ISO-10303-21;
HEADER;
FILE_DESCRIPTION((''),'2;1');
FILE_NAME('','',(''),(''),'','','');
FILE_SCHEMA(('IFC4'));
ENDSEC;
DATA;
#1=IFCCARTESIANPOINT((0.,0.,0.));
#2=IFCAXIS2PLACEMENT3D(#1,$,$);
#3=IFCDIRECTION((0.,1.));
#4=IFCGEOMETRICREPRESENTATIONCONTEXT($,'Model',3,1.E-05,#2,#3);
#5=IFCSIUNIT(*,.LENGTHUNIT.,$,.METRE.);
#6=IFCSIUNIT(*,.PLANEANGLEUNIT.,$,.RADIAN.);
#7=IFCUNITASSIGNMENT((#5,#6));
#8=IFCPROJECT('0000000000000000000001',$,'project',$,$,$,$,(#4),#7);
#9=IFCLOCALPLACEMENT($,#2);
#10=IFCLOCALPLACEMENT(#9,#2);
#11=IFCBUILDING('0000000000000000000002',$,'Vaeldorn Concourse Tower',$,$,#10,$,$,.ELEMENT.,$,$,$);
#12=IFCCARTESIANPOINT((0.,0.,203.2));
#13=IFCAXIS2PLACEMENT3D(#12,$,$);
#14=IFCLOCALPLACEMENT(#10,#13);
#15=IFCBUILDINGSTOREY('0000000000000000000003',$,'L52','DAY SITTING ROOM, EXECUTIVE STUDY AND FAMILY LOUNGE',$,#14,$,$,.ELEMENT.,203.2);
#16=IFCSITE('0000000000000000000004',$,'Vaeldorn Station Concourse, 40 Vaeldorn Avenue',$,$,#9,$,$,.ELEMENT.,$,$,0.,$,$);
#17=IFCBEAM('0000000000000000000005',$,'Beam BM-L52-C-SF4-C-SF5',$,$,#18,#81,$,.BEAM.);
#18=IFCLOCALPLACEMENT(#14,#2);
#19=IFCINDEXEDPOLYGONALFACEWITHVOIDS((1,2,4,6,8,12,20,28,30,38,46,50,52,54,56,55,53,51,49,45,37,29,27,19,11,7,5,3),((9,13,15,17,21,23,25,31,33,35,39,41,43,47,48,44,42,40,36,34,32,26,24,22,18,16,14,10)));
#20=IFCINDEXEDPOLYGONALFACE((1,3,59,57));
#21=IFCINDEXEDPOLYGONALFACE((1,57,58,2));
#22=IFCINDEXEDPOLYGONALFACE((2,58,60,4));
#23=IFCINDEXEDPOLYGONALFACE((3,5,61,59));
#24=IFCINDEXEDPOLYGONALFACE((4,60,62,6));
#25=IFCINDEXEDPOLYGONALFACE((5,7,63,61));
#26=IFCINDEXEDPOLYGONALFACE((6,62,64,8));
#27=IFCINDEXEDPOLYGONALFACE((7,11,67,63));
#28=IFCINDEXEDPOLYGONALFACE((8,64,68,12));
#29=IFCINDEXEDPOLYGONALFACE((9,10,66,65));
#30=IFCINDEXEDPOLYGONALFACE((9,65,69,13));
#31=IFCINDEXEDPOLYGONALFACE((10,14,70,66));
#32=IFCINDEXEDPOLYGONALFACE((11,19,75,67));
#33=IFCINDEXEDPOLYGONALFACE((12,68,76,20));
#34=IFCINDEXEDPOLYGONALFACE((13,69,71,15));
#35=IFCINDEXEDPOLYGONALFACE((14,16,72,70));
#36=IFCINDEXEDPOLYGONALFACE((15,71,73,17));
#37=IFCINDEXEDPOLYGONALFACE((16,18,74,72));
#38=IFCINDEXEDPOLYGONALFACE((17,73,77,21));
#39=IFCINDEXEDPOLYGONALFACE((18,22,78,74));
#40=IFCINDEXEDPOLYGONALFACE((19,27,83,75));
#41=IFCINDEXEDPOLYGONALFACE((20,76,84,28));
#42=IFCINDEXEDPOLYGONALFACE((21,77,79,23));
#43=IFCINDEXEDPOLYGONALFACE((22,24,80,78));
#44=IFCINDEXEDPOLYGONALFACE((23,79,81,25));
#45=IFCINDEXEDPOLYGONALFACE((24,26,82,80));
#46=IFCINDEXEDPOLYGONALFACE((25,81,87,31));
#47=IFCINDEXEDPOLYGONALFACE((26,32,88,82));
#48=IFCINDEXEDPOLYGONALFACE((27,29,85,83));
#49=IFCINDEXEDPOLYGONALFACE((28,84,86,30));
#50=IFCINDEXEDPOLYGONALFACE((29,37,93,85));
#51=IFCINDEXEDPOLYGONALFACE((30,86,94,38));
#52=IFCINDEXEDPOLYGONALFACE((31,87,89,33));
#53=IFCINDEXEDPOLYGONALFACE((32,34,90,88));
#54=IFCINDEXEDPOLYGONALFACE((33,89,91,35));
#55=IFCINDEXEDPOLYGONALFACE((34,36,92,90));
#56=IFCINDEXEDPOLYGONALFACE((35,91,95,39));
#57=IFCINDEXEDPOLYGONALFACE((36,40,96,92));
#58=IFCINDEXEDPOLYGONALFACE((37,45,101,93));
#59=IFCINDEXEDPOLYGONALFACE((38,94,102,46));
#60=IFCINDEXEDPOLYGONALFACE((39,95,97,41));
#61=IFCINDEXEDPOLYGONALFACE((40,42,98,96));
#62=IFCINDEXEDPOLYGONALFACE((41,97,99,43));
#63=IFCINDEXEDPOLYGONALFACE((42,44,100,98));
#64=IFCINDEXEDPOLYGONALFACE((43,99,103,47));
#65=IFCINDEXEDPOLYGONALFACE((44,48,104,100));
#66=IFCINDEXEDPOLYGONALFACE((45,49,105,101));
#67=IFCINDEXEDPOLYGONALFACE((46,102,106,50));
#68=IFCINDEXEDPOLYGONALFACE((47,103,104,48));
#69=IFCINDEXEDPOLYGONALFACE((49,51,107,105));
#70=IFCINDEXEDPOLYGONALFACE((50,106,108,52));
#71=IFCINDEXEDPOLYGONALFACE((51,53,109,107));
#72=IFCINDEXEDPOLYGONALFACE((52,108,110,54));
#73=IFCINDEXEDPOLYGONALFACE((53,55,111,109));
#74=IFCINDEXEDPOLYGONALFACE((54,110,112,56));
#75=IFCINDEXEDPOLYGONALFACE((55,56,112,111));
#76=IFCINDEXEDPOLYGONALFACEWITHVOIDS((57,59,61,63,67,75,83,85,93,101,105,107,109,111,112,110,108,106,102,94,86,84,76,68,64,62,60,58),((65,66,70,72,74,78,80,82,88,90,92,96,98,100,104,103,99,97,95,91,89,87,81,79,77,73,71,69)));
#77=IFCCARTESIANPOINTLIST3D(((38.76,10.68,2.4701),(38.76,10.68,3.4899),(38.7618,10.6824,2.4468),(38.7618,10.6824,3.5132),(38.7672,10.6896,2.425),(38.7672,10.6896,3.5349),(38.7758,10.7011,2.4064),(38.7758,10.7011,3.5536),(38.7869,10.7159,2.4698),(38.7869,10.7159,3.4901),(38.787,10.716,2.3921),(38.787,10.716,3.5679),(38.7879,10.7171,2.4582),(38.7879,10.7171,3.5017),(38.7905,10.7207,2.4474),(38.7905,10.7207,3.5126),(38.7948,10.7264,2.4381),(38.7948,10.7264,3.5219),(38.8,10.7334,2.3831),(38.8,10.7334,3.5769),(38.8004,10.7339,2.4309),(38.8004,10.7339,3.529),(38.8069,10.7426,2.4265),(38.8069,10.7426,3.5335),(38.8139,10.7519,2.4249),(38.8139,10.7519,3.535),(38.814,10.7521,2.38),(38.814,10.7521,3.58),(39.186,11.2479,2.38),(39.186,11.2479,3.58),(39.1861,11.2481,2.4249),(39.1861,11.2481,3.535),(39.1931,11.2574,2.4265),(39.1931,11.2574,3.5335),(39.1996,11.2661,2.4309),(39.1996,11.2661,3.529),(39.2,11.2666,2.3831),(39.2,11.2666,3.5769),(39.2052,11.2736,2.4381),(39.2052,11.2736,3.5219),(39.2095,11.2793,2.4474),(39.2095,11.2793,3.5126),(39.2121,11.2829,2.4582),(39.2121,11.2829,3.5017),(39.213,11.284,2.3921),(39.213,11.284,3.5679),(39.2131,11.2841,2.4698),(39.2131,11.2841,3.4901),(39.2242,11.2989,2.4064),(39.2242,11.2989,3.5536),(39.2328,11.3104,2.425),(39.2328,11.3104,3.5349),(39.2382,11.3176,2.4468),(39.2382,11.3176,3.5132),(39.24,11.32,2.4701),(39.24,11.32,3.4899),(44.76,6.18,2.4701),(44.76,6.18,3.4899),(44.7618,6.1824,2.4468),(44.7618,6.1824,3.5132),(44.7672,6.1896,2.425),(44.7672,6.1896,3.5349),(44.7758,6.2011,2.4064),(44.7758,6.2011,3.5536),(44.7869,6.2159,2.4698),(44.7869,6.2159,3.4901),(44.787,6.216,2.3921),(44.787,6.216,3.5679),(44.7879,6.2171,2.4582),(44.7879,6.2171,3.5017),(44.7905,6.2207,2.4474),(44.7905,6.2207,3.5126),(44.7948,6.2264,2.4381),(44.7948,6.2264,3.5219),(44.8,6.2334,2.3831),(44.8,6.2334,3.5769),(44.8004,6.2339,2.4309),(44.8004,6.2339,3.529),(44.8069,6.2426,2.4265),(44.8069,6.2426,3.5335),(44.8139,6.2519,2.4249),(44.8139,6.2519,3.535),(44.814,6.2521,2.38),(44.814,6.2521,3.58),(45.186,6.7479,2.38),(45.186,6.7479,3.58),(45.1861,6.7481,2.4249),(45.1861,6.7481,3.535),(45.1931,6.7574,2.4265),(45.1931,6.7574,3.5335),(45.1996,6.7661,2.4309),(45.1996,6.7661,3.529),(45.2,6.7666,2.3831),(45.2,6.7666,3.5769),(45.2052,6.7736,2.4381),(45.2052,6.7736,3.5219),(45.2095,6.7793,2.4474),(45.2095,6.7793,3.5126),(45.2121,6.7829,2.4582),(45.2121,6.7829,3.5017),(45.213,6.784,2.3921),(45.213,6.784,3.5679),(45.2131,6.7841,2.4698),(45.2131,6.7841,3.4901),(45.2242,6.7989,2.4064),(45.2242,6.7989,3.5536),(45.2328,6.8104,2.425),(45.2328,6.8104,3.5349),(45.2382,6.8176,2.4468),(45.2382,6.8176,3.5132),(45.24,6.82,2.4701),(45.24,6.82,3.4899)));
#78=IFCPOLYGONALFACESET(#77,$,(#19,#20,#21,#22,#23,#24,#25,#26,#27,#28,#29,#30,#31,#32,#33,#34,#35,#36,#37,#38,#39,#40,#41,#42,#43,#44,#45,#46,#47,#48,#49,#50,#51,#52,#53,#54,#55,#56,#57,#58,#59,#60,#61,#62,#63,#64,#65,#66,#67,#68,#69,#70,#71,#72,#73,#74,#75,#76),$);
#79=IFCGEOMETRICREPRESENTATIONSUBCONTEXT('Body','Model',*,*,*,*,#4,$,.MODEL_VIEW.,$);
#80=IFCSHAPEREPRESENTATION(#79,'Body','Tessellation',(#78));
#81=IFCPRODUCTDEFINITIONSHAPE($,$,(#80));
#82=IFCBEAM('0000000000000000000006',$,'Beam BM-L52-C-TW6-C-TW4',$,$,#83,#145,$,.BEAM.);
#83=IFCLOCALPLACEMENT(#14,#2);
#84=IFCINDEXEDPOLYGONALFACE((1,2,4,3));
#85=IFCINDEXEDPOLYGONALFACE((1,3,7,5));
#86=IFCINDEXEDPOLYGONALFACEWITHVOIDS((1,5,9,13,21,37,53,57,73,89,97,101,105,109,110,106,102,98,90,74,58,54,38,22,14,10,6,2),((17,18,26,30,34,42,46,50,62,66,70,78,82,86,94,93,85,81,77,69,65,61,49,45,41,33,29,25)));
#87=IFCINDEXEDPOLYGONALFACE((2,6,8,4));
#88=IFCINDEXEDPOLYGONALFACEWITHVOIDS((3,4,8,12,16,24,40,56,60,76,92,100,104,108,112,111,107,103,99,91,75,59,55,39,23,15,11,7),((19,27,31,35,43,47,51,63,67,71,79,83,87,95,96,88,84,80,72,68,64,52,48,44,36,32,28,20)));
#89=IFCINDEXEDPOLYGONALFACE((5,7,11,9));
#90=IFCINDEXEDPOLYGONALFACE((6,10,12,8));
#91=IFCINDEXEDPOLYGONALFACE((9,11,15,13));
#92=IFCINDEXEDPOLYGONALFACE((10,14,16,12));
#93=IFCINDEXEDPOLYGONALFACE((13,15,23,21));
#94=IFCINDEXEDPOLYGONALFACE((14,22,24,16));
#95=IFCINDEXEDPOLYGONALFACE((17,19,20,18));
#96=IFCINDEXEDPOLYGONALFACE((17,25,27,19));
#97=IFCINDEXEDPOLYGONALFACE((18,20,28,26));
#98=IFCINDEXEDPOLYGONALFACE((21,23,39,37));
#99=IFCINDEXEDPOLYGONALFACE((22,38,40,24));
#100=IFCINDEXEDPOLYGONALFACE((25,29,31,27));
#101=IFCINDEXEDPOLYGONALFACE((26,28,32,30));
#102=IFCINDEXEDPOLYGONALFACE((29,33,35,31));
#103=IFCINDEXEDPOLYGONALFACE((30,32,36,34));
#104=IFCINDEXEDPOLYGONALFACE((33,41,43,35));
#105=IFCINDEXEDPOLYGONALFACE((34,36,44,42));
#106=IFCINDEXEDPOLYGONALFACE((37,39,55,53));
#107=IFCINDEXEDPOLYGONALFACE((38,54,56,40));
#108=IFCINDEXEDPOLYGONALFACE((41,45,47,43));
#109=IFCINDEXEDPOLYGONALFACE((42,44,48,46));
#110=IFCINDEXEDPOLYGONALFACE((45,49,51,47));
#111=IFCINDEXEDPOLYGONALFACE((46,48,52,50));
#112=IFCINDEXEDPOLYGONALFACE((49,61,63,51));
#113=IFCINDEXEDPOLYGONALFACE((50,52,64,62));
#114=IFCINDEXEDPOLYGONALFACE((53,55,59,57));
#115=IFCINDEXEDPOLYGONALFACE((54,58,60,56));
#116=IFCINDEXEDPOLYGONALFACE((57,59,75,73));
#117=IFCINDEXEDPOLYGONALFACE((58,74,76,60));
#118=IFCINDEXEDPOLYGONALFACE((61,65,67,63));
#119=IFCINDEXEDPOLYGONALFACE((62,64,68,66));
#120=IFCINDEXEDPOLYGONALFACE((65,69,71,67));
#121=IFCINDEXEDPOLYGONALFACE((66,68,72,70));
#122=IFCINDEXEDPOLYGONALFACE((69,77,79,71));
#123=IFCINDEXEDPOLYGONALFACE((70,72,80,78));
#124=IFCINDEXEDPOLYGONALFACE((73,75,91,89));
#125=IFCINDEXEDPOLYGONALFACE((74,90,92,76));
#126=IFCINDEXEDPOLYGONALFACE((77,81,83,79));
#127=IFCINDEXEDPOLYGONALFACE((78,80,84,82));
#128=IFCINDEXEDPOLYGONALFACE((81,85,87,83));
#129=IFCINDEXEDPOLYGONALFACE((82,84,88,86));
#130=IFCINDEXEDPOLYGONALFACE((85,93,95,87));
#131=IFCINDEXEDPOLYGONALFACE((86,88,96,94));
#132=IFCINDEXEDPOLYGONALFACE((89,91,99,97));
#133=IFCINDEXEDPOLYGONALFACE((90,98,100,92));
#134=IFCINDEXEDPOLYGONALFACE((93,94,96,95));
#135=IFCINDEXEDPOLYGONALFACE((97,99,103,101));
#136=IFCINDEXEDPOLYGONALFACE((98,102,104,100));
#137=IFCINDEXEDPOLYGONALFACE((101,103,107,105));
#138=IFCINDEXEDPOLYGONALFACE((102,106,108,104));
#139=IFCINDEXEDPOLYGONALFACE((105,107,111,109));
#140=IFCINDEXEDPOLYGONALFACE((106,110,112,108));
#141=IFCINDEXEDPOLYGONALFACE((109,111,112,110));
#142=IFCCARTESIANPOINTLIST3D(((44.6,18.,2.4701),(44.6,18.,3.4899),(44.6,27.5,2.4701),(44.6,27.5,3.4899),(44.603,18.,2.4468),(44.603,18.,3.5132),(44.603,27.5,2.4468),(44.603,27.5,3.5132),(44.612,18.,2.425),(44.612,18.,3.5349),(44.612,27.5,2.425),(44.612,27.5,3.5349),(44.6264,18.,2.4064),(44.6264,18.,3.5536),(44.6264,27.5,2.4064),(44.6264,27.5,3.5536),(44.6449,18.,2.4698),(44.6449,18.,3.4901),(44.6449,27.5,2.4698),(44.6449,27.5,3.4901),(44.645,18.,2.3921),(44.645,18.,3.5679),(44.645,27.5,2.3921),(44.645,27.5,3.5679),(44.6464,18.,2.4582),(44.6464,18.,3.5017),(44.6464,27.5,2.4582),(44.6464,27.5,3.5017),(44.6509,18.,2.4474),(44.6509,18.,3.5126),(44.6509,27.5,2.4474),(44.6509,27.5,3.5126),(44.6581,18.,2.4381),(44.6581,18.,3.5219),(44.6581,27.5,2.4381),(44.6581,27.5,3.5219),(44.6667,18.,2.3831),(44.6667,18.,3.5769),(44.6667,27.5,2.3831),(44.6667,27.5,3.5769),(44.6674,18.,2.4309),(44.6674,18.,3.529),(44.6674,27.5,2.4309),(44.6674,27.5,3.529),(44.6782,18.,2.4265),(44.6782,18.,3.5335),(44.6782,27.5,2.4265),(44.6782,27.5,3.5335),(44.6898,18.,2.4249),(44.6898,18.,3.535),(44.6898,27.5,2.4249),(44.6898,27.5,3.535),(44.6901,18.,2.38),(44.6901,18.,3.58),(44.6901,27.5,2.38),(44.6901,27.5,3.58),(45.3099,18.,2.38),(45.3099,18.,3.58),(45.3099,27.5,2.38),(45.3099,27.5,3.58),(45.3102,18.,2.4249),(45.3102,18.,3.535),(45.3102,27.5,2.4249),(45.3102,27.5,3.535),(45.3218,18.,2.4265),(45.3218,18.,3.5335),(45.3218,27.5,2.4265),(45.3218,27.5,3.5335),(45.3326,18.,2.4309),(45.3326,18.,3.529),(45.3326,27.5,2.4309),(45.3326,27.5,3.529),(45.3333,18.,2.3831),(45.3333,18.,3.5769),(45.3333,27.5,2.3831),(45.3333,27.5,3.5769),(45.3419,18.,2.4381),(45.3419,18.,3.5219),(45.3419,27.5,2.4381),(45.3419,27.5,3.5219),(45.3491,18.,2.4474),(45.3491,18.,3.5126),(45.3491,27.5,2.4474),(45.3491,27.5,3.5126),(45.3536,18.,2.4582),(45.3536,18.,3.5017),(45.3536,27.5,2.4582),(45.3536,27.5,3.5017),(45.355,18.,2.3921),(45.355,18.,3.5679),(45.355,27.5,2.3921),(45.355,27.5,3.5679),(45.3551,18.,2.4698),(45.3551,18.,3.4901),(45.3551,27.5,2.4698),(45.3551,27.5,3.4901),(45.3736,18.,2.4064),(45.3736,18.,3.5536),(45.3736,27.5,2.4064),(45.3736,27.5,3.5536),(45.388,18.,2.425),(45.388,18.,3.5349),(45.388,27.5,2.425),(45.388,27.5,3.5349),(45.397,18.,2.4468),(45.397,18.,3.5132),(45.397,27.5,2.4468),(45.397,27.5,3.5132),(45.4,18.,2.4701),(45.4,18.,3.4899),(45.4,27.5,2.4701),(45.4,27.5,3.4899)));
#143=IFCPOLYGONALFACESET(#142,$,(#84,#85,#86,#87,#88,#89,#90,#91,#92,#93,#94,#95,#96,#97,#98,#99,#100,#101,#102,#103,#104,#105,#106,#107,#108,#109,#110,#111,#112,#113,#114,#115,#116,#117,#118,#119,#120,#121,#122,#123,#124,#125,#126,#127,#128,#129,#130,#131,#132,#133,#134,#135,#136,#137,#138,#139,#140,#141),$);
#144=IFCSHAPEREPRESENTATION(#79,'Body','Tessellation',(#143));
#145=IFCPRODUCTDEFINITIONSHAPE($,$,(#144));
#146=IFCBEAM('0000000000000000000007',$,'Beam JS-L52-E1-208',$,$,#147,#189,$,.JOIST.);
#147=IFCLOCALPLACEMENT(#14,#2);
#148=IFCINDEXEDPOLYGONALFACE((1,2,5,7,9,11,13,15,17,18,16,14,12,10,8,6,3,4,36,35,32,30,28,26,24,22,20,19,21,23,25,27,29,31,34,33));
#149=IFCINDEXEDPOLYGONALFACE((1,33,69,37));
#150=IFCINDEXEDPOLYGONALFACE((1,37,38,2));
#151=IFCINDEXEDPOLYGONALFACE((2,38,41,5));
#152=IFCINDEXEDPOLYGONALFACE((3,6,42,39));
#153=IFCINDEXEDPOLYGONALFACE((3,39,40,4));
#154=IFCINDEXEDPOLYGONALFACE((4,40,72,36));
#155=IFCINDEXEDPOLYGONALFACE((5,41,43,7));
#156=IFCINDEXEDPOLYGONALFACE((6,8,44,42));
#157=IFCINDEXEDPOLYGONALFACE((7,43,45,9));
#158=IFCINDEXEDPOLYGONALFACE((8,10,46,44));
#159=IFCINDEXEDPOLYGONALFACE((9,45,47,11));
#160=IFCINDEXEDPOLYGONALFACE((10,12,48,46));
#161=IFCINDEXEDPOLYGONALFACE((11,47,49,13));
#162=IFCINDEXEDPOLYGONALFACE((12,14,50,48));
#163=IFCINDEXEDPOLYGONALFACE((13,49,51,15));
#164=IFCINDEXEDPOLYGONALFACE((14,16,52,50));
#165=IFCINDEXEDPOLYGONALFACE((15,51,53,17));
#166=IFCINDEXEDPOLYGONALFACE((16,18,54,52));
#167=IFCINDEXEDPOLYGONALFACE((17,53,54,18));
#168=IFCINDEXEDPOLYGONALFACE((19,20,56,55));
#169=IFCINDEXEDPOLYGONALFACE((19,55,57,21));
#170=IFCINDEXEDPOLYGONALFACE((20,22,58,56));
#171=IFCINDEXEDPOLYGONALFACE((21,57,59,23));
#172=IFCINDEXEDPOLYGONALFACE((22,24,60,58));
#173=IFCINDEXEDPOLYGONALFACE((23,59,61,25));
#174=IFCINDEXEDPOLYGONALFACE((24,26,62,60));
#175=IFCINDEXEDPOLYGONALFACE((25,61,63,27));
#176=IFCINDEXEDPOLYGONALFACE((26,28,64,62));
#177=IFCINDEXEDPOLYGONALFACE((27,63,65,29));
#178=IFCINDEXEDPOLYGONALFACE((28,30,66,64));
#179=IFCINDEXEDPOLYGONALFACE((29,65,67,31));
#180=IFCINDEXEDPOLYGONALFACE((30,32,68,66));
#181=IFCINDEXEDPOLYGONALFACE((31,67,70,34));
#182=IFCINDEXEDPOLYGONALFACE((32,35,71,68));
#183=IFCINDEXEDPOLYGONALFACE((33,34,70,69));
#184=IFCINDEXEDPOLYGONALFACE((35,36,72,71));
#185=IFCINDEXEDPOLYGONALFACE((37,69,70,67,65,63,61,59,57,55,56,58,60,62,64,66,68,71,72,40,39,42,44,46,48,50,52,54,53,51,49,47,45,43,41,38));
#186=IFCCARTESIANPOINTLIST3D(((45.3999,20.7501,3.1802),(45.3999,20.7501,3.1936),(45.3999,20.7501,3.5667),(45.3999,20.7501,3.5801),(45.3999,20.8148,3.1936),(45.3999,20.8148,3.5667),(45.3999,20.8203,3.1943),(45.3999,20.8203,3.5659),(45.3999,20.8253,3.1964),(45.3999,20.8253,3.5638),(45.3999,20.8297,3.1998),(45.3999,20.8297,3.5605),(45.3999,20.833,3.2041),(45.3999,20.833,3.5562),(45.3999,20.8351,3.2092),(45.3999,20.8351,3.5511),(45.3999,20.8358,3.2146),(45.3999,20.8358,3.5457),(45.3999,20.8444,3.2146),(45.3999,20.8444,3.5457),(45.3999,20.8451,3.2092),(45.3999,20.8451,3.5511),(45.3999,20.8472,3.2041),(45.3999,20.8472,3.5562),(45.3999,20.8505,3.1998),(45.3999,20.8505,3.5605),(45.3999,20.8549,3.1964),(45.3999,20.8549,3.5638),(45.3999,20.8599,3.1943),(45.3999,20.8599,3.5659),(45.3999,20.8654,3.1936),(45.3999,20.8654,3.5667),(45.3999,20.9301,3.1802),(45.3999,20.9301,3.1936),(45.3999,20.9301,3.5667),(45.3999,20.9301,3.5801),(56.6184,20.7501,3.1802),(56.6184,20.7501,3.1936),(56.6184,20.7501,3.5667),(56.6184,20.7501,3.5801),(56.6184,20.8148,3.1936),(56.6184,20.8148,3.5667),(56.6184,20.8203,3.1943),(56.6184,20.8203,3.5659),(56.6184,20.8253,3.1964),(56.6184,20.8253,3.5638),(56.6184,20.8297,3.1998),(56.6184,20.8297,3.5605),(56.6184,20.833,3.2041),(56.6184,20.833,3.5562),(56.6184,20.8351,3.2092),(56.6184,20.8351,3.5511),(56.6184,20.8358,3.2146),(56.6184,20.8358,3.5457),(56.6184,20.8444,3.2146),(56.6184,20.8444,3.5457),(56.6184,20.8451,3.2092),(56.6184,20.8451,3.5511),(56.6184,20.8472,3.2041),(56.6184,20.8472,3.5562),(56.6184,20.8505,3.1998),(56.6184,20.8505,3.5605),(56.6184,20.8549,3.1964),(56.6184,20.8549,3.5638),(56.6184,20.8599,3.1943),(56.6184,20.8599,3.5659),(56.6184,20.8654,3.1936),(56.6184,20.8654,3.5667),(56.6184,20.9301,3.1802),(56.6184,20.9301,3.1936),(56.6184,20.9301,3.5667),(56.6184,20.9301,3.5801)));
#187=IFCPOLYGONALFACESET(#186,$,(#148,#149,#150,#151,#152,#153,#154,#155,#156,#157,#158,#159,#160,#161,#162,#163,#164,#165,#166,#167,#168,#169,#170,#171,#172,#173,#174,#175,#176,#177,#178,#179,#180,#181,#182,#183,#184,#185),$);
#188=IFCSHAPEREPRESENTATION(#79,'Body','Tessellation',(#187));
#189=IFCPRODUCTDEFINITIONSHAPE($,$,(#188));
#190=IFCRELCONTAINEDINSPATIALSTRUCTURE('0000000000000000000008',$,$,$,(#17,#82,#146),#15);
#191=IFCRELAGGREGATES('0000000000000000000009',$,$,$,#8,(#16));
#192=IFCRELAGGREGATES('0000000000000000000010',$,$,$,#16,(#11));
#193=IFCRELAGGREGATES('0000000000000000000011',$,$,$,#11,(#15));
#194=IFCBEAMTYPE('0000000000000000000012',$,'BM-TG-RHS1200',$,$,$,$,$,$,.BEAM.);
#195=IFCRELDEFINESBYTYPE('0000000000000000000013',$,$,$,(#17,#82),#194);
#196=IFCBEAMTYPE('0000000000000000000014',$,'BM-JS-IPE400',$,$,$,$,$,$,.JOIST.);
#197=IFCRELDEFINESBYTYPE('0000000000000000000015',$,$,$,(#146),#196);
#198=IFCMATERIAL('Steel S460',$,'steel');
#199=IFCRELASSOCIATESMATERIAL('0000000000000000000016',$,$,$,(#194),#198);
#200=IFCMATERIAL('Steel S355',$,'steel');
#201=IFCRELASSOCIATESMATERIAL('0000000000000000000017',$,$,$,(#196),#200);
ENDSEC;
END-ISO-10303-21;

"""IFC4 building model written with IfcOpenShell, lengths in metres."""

from ifc_helpers import new_model, si_unit, direction, frame, origin, origin_2d, place, context, subcontext, project, spatial, hollow_rectangle, i_section, extrude, source, transform, mapped, material, material_profile, profile_set, type_object, element, save


model = new_model("IFC4")

# Units and contexts
model_context = context("Model", 3, precision=1e-05, world=origin(), true_north=direction((0.0, 1.0)))
body_context = subcontext(model_context, "Body", "Model", "MODEL_VIEW")
ifc_project = project(units=[si_unit("LENGTHUNIT", "METRE"), si_unit("PLANEANGLEUNIT", "RADIAN")], contexts=[model_context])

# Site, building, storey
site_placement = place(None, origin())
site = spatial("IfcSite", under=ifc_project, at=site_placement, Name="Vaeldorn Station Concourse, 40 Vaeldorn Avenue", CompositionType="ELEMENT", RefElevation=0.0)
building_placement = place(site_placement, origin())
building = spatial("IfcBuilding", under=site, at=building_placement, Name="Vaeldorn Concourse Tower", CompositionType="ELEMENT")
storey_placement = place(building_placement, frame((0.0, 0.0, 203.2)))
storey = spatial("IfcBuildingStorey", under=building, at=storey_placement, Name="L52", Description="DAY SITTING ROOM, EXECUTIVE STUDY AND FAMILY LOUNGE", CompositionType="ELEMENT", Elevation=203.2)

# Shared definitions
ifc_material_1 = material(Name="Steel S355", Category="steel")

# Beams
ifc_material_2 = material(Name="Steel S460", Category="steel")
ifc_material_profile_1 = material_profile(ifc_material_2, hollow_rectangle(XDim=0.8, YDim=1.2, WallThickness=0.0449, InnerFilletRadius=0.0449, OuterFilletRadius=0.0901, at=origin_2d()), Name="RHS 1200x800x45")
ifc_profile_set_1 = profile_set([ifc_material_profile_1], Name="Steel S460")
beam_type_1 = type_object("IfcBeamType", Name="BM-TG-RHS1200", PredefinedType="BEAM", material=ifc_profile_set_1)
shared_shape_1 = source(origin(), body_context, "Body", "SweptSolid", [
    extrude(hollow_rectangle(XDim=0.8, YDim=1.2, WallThickness=0.0449, InnerFilletRadius=0.0449, OuterFilletRadius=0.0901, at=origin_2d()), origin(), (0.0, 0.0, 1.0), 7.5),
])
beam_1_placement = place(storey_placement, frame((39.0, 11.0, 2.98), z_axis=(0.8, -0.6, 0.0), x_axis=(0.6, 0.8, 0.0)))
element("IfcBeam", 1, at=beam_1_placement, inside=storey, type_object=beam_type_1, Name="Beam BM-L52-C-SF4-C-SF5", PredefinedType="BEAM", context=body_context, shape_type="MappedRepresentation", body=[
    mapped(shared_shape_1, transform((0.0, 0.0, 0.0), scale=1.0)),
])
shared_shape_2 = source(origin(), body_context, "Body", "SweptSolid", [
    extrude(hollow_rectangle(XDim=0.8, YDim=1.2, WallThickness=0.0449, InnerFilletRadius=0.0449, OuterFilletRadius=0.0901, at=origin_2d()), origin(), (0.0, 0.0, 1.0), 9.5),
])
beam_2_placement = place(storey_placement, frame((45.0, 18.0, 2.98), z_axis=(0.0, 1.0, 0.0), x_axis=(-1.0, 0.0, 0.0)))
element("IfcBeam", 2, at=beam_2_placement, inside=storey, type_object=beam_type_1, Name="Beam BM-L52-C-TW6-C-TW4", PredefinedType="BEAM", context=body_context, shape_type="MappedRepresentation", body=[
    mapped(shared_shape_2, transform((0.0, 0.0, 0.0), scale=1.0)),
])
ifc_material_profile_2 = material_profile(ifc_material_1, i_section(OverallWidth=0.1799, OverallDepth=0.3999, WebThickness=0.0085, FlangeThickness=0.0134, FilletRadius=0.021, at=origin_2d()), Name="IPE 400")
ifc_profile_set_2 = profile_set([ifc_material_profile_2], Name="Steel S355")
beam_type_2 = type_object("IfcBeamType", Name="BM-JS-IPE400", PredefinedType="JOIST", material=ifc_profile_set_2)
shared_shape_3 = source(origin(), body_context, "Body", "SweptSolid", [
    extrude(i_section(OverallWidth=0.1799, OverallDepth=0.3999, WebThickness=0.0085, FlangeThickness=0.0134, FilletRadius=0.021, at=origin_2d()), origin(), (0.0, 0.0, 1.0), 11.2185),
])
beam_3_placement = place(storey_placement, frame((45.3999, 20.8401, 3.3801), z_axis=(1.0, 0.0, 0.0), x_axis=(0.0, 1.0, 0.0)))
element("IfcBeam", 3, at=beam_3_placement, inside=storey, type_object=beam_type_2, Name="Beam JS-L52-E1-208", PredefinedType="JOIST", context=body_context, shape_type="MappedRepresentation", body=[
    mapped(shared_shape_3, transform((0.0, 0.0, 0.0), scale=1.0)),
])

save(model, "model.ifc")
